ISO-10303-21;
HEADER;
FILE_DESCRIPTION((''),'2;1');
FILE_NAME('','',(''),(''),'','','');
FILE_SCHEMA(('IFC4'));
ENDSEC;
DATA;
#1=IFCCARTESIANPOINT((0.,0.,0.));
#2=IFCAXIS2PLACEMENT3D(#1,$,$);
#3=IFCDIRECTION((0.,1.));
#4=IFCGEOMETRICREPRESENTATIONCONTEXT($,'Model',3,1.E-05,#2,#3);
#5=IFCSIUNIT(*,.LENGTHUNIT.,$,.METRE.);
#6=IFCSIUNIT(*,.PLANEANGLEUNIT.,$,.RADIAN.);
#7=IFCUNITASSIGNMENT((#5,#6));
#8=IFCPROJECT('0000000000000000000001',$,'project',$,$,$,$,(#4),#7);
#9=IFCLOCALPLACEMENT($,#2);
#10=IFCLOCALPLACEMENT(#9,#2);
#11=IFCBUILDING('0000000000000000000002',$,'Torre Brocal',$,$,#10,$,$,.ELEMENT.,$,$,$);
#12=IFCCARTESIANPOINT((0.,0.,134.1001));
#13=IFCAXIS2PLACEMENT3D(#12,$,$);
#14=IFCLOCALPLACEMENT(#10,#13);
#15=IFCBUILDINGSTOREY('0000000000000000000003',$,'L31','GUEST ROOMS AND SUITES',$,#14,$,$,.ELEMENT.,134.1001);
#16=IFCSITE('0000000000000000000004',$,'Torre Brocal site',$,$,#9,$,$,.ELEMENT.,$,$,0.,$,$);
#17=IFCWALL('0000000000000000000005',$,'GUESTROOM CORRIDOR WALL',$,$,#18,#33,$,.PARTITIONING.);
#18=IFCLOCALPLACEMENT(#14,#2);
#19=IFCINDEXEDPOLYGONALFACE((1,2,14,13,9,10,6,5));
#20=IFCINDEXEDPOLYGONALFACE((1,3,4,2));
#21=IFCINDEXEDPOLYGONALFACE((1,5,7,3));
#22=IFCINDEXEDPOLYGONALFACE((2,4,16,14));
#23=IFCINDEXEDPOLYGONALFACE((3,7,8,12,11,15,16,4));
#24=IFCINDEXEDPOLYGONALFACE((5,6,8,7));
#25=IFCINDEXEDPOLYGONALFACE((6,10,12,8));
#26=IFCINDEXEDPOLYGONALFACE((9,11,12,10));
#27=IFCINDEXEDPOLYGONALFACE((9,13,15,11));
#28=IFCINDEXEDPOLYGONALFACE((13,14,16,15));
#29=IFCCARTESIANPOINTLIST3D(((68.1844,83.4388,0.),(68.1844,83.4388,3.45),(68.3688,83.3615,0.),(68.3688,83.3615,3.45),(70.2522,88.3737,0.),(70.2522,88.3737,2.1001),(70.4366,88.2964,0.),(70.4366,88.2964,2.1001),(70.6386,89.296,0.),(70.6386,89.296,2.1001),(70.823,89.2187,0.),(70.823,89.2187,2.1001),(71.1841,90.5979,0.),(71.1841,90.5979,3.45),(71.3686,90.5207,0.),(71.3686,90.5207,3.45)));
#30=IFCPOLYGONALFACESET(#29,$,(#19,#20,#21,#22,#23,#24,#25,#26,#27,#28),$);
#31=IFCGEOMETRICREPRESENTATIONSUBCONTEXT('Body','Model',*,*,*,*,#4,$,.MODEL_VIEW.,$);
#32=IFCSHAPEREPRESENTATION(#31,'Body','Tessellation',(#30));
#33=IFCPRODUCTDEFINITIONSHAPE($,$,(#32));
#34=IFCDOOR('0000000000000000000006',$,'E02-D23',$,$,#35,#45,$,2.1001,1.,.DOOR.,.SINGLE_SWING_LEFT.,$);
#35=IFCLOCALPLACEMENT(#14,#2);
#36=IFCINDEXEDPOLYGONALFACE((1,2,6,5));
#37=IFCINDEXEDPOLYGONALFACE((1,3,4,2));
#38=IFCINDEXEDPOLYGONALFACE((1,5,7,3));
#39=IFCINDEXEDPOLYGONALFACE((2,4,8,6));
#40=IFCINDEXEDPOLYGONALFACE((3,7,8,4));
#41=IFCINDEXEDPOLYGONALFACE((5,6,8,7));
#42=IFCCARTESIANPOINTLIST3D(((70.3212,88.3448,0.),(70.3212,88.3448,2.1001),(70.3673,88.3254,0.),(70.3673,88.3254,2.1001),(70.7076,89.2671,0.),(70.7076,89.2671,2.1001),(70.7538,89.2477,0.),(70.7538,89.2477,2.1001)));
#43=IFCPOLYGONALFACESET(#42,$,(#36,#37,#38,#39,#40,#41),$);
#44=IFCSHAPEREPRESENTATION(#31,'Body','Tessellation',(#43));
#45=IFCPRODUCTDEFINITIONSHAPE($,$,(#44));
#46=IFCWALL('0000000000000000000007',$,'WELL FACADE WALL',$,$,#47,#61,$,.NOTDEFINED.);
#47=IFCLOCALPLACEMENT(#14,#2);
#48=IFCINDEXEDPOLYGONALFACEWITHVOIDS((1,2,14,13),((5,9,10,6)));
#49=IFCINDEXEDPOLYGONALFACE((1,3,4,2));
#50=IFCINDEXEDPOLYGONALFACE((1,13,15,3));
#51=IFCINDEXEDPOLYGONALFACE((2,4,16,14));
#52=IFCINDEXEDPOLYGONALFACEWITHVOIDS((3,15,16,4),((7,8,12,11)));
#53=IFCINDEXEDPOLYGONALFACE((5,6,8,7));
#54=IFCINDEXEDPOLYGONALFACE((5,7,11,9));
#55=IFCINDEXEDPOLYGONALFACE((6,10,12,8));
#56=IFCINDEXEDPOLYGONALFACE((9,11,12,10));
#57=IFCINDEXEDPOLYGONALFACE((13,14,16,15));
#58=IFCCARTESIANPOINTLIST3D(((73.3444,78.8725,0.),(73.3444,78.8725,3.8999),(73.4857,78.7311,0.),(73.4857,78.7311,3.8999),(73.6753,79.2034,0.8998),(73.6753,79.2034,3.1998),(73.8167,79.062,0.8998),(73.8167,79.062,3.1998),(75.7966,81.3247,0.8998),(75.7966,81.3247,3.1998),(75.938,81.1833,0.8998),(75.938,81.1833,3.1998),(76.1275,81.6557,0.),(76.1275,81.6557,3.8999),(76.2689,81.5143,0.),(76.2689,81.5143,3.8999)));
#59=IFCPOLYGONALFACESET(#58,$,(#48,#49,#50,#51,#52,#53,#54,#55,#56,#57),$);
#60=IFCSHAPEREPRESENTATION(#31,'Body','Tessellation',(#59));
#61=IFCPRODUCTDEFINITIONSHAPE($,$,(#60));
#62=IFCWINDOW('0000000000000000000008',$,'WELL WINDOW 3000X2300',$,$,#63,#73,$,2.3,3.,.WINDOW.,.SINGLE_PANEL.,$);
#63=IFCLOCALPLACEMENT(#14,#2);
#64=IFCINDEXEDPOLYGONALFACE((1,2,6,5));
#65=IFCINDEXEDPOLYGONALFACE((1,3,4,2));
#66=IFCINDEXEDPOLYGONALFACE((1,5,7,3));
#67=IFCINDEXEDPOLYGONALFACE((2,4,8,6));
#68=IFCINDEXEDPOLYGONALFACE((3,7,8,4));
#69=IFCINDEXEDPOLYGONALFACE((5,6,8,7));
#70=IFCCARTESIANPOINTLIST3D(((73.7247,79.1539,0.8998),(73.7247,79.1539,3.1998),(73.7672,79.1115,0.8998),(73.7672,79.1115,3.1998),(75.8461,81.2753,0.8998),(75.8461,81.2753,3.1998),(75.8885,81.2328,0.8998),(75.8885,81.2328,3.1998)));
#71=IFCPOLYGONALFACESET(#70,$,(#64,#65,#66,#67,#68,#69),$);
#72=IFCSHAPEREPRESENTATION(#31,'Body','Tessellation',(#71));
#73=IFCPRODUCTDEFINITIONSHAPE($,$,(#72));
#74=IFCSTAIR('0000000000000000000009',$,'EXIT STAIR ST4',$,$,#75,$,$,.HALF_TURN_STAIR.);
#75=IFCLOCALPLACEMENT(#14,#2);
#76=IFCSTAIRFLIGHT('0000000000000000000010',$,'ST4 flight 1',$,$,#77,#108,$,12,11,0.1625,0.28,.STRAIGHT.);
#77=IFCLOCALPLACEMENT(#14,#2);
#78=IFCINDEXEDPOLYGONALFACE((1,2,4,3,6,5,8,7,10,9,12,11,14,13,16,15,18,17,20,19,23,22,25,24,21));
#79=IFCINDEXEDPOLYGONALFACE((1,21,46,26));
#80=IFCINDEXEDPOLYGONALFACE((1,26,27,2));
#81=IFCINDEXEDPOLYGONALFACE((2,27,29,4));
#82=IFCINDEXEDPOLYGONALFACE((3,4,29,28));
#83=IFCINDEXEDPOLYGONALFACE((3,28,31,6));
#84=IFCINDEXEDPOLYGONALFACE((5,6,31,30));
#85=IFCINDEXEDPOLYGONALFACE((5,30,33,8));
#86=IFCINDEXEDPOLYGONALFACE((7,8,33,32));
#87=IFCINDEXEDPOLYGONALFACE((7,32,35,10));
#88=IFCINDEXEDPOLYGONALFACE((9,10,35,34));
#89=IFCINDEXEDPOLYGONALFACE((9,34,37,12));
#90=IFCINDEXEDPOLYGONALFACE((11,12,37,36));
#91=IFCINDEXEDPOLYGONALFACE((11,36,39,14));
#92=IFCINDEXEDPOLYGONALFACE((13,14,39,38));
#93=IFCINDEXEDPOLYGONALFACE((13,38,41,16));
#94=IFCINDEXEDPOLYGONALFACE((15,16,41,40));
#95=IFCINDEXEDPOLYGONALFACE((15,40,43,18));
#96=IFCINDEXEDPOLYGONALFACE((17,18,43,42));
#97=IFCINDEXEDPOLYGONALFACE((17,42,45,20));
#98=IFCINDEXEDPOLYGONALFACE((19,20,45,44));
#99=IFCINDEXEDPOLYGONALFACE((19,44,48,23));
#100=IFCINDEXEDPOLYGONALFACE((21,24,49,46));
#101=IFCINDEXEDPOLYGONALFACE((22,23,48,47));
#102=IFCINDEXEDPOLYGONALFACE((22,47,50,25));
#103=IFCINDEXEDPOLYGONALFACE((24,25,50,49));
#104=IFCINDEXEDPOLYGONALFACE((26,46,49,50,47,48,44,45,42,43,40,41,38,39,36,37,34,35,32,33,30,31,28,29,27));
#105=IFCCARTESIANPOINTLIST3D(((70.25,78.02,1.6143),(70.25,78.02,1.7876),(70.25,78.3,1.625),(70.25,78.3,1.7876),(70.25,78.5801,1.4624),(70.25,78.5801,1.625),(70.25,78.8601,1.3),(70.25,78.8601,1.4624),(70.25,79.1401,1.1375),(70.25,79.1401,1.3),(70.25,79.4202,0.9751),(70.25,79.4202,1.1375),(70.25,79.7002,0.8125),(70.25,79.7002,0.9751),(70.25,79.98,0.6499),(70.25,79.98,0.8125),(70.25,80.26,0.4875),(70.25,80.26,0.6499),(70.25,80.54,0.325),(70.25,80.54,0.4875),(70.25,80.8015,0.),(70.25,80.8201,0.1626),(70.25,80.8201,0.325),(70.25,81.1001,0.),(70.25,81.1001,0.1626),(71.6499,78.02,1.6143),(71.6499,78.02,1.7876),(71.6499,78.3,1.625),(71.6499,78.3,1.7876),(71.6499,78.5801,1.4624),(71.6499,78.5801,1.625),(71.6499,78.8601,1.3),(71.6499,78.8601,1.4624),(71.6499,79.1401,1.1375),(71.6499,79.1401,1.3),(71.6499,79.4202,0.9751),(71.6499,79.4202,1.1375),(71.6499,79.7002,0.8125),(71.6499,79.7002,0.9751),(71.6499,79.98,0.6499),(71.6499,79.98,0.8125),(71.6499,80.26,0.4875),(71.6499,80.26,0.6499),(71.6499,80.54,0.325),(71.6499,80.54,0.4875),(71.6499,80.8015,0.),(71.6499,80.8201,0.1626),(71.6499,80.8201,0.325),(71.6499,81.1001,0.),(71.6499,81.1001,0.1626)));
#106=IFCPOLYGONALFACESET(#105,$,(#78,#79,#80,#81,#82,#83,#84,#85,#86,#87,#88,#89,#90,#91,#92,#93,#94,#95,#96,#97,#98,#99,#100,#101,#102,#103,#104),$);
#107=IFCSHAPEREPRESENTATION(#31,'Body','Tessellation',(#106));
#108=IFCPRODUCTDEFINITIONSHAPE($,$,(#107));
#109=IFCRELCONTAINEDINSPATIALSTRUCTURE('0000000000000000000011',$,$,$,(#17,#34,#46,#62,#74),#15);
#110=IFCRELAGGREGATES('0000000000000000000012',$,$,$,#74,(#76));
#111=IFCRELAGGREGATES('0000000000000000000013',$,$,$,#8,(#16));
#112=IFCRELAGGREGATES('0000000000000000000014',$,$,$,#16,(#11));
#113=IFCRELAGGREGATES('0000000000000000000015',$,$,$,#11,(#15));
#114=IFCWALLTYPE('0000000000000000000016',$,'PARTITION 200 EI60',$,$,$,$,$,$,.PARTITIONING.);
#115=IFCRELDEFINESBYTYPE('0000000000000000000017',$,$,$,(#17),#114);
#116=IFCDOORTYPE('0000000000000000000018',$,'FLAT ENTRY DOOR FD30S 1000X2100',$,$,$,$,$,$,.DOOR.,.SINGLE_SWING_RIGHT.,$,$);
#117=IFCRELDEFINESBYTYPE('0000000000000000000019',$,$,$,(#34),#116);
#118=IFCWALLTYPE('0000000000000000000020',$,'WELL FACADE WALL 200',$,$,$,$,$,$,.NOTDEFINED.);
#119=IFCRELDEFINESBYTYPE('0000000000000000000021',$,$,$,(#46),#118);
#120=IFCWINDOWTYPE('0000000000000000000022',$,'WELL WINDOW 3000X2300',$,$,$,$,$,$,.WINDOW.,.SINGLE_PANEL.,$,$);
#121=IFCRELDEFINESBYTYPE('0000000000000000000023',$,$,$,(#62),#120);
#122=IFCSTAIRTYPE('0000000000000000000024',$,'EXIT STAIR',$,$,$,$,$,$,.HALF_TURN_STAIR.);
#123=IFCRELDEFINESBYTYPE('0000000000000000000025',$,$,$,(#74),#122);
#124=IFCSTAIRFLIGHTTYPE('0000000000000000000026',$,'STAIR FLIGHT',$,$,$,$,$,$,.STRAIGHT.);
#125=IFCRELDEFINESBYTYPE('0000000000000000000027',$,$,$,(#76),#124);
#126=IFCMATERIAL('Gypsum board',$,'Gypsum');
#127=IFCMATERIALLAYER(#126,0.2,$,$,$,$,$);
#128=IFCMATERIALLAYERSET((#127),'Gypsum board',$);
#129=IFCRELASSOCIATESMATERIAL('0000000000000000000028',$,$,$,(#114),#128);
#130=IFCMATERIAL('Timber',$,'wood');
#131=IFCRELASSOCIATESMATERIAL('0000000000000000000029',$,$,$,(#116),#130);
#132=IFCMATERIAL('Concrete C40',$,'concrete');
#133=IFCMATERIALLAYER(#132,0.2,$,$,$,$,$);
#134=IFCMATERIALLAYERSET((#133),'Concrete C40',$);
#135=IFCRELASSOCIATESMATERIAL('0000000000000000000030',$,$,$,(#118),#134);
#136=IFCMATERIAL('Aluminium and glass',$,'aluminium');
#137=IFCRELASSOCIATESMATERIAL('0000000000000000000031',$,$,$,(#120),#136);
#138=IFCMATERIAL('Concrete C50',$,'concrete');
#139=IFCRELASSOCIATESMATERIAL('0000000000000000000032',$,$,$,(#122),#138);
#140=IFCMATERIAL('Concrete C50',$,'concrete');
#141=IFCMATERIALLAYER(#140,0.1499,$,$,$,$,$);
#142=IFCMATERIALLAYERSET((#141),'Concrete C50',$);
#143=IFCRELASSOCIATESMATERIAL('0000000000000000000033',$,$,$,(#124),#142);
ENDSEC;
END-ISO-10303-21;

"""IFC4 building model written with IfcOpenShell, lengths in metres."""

from ifc_helpers import new_model, si_unit, direction, frame, frame_2d, origin, place, context, subcontext, project, spatial, polyline, rectangle, outline, extrude, material, layer, layer_set, type_object, element, fill, aggregate, save


model = new_model("IFC4")

# Units and contexts
model_context = context("Model", 3, precision=1e-05, world=origin(), true_north=direction((0.0, 1.0)))
body_context = subcontext(model_context, "Body", "Model", "MODEL_VIEW")
ifc_project = project(units=[si_unit("LENGTHUNIT", "METRE"), si_unit("PLANEANGLEUNIT", "RADIAN")], contexts=[model_context])

# Site, building, storey
site_placement = place(None, origin())
site = spatial("IfcSite", under=ifc_project, at=site_placement, Name="Torre Brocal site", CompositionType="ELEMENT", RefElevation=0.0)
building_placement = place(site_placement, origin())
building = spatial("IfcBuilding", under=site, at=building_placement, Name="Torre Brocal", CompositionType="ELEMENT")
storey_placement = place(building_placement, frame((0.0, 0.0, 134.1001)))
storey = spatial("IfcBuildingStorey", under=building, at=storey_placement, Name="L31", Description="GUEST ROOMS AND SUITES", CompositionType="ELEMENT", Elevation=134.1001)

# Wall, opening, door
ifc_material_1 = material(Name="Gypsum board", Category="Gypsum")
ifc_layer_1 = layer(ifc_material_1, 0.2)
ifc_layer_set_1 = layer_set([ifc_layer_1], Name="Gypsum board")
wall_type_1 = type_object("IfcWallType", Name="PARTITION 200 EI60", PredefinedType="PARTITIONING", material=ifc_layer_set_1)
ifc_material_2 = material(Name="Timber", Category="wood")
door_type_1 = type_object("IfcDoorType", Name="FLAT ENTRY DOOR FD30S 1000X2100", OperationType="SINGLE_SWING_RIGHT", PredefinedType="DOOR", material=ifc_material_2)
wall_1_placement = place(storey_placement, frame((68.2766, 83.4001, 0.0), z_axis=(0.0, 0.0, 1.0), x_axis=(0.386455, 0.922308, 0.0)))
wall_1 = element("IfcWall", 1, at=wall_1_placement, inside=storey, type_object=wall_type_1, Name="GUESTROOM CORRIDOR WALL", PredefinedType="PARTITIONING", context=body_context, shape_type="SweptSolid", body=[
    extrude(rectangle(XDim=7.7622, YDim=0.2, at=frame_2d((3.8811, 0.0))), origin(), (0.0, 0.0, 1.0), 3.45),
])
opening_1_placement = place(wall_1_placement, frame((5.3506, 0.0, 0.0)))
opening_1 = element("IfcOpeningElement", 2, at=opening_1_placement, cuts=wall_1, PredefinedType="OPENING", context=body_context, shape_type="SweptSolid", body=[
    extrude(rectangle(XDim=1.0, YDim=2.1001, at=frame_2d((0.5, 1.05))), frame((0.0, 0.1099, 0.0), z_axis=(0.0, -1.0, 0.0), x_axis=(1.0, 0.0, 0.0)), (0.0, 0.0, 1.0), 0.22),
])
door_1_placement = place(opening_1_placement, frame((1.0, 0.0, 0.0), z_axis=(0.0, 0.0, 1.0), x_axis=(-1.0, 0.0, 0.0)))
door_1 = element("IfcDoor", 3, at=door_1_placement, inside=storey, type_object=door_type_1, Name="E02-D23", OperationType="SINGLE_SWING_LEFT", OverallHeight=2.1001, OverallWidth=1.0, PredefinedType="DOOR", context=body_context, shape_type="SweptSolid", body=[
    extrude(rectangle(XDim=1.0, YDim=2.1001, at=frame_2d((0.5, 1.05))), frame((0.0, 0.0249, 0.0), z_axis=(0.0, -1.0, 0.0), x_axis=(1.0, 0.0, 0.0)), (0.0, 0.0, 1.0), 0.05),
])
fill(opening_1, door_1)

# Wall, opening, window
ifc_material_3 = material(Name="Concrete C40", Category="concrete")
ifc_layer_2 = layer(ifc_material_3, 0.2)
ifc_layer_set_2 = layer_set([ifc_layer_2], Name="Concrete C40")
wall_type_2 = type_object("IfcWallType", Name="WELL FACADE WALL 200", PredefinedType="NOTDEFINED", material=ifc_layer_set_2)
wall_2_placement = place(storey_placement, frame((76.1982, 81.585, 0.0), z_axis=(0.0, 0.0, 1.0), x_axis=(-0.707107, -0.707107, 0.0)))
wall_2 = element("IfcWall", 4, at=wall_2_placement, inside=storey, type_object=wall_type_2, Name="WELL FACADE WALL", PredefinedType="NOTDEFINED", context=body_context, shape_type="SweptSolid", body=[
    extrude(rectangle(XDim=3.936, YDim=0.2, at=frame_2d((1.968, 0.0))), origin(), (0.0, 0.0, 1.0), 3.8999),
])
opening_2_placement = place(wall_2_placement, frame((0.468, 0.0, 0.8999)))
opening_2 = element("IfcOpeningElement", 5, at=opening_2_placement, cuts=wall_2, PredefinedType="OPENING", context=body_context, shape_type="SweptSolid", body=[
    extrude(rectangle(XDim=3.0, YDim=2.3, at=frame_2d((1.5, 1.1499))), frame((0.0, 0.1099, 0.0), z_axis=(0.0, -1.0, 0.0), x_axis=(1.0, 0.0, 0.0)), (0.0, 0.0, 1.0), 0.22),
])
ifc_material_4 = material(Name="Aluminium and glass", Category="aluminium")
window_type = type_object("IfcWindowType", Name="WELL WINDOW 3000X2300", PartitioningType="SINGLE_PANEL", PredefinedType="WINDOW", material=ifc_material_4)
window_placement = place(opening_2_placement, origin())
window = element("IfcWindow", 6, at=window_placement, inside=storey, type_object=window_type, Name="WELL WINDOW 3000X2300", OverallHeight=2.3, OverallWidth=3.0, PartitioningType="SINGLE_PANEL", PredefinedType="WINDOW", context=body_context, shape_type="SweptSolid", body=[
    extrude(rectangle(XDim=3.0, YDim=2.3, at=frame_2d((1.5, 1.1499))), frame((0.0, 0.03, 0.0), z_axis=(0.0, -1.0, 0.0), x_axis=(1.0, 0.0, 0.0)), (0.0, 0.0, 1.0), 0.0601),
])
fill(opening_2, window)

# Stair, stair flight
ifc_material_5 = material(Name="Concrete C50", Category="concrete")
stair_type = type_object("IfcStairType", Name="EXIT STAIR", PredefinedType="HALF_TURN_STAIR", material=ifc_material_5)
stair_placement = place(storey_placement, origin())
stair = element("IfcStair", 7, at=stair_placement, inside=storey, type_object=stair_type, Name="EXIT STAIR ST4", PredefinedType="HALF_TURN_STAIR")
ifc_material_6 = material(Name="Concrete C50", Category="concrete")
ifc_layer_3 = layer(ifc_material_6, 0.1499)
ifc_layer_set_3 = layer_set([ifc_layer_3], Name="Concrete C50")
stair_flight_type = type_object("IfcStairFlightType", Name="STAIR FLIGHT", PredefinedType="STRAIGHT", material=ifc_layer_set_3)
stair_flight_placement = place(storey_placement, frame((70.95, 81.1001, 0.0), z_axis=(0.0, 0.0, 1.0), x_axis=(0.0, -1.0, 0.0)))
stair_flight = element("IfcStairFlight", 8, at=stair_flight_placement, type_object=stair_flight_type, Name="ST4 flight 1", NumberOfRisers=12, NumberOfTreads=11, PredefinedType="STRAIGHT", RiserHeight=0.1625, TreadLength=0.28, context=body_context, shape_type="SweptSolid", body=[
    extrude(outline(polyline([(0.0, 0.0), (0.0, 0.1626), (0.28, 0.1626), (0.28, 0.325), (0.5601, 0.325), (0.5601, 0.4875), (0.8401, 0.4875), (0.8401, 0.6499), (1.1201, 0.6499), (1.1201, 0.8125), (1.3999, 0.8125), (1.3999, 0.9751), (1.6799, 0.9751), (1.6799, 1.1375), (1.96, 1.1375), (1.96, 1.3), (2.24, 1.3), (2.24, 1.4624), (2.52, 1.4624), (2.52, 1.625), (2.8, 1.625), (2.8, 1.7876), (3.0801, 1.7876), (3.0801, 1.95), (3.0801, 1.6143), (0.2986, 0.0), (0.0, 0.0)])), frame((0.0, 0.7, 0.0), z_axis=(0.0, -1.0, 0.0), x_axis=(1.0, 0.0, 0.0)), (0.0, 0.0, 1.0), 1.3999),
])
aggregate(stair, [stair_flight])

save(model, "model.ifc")
